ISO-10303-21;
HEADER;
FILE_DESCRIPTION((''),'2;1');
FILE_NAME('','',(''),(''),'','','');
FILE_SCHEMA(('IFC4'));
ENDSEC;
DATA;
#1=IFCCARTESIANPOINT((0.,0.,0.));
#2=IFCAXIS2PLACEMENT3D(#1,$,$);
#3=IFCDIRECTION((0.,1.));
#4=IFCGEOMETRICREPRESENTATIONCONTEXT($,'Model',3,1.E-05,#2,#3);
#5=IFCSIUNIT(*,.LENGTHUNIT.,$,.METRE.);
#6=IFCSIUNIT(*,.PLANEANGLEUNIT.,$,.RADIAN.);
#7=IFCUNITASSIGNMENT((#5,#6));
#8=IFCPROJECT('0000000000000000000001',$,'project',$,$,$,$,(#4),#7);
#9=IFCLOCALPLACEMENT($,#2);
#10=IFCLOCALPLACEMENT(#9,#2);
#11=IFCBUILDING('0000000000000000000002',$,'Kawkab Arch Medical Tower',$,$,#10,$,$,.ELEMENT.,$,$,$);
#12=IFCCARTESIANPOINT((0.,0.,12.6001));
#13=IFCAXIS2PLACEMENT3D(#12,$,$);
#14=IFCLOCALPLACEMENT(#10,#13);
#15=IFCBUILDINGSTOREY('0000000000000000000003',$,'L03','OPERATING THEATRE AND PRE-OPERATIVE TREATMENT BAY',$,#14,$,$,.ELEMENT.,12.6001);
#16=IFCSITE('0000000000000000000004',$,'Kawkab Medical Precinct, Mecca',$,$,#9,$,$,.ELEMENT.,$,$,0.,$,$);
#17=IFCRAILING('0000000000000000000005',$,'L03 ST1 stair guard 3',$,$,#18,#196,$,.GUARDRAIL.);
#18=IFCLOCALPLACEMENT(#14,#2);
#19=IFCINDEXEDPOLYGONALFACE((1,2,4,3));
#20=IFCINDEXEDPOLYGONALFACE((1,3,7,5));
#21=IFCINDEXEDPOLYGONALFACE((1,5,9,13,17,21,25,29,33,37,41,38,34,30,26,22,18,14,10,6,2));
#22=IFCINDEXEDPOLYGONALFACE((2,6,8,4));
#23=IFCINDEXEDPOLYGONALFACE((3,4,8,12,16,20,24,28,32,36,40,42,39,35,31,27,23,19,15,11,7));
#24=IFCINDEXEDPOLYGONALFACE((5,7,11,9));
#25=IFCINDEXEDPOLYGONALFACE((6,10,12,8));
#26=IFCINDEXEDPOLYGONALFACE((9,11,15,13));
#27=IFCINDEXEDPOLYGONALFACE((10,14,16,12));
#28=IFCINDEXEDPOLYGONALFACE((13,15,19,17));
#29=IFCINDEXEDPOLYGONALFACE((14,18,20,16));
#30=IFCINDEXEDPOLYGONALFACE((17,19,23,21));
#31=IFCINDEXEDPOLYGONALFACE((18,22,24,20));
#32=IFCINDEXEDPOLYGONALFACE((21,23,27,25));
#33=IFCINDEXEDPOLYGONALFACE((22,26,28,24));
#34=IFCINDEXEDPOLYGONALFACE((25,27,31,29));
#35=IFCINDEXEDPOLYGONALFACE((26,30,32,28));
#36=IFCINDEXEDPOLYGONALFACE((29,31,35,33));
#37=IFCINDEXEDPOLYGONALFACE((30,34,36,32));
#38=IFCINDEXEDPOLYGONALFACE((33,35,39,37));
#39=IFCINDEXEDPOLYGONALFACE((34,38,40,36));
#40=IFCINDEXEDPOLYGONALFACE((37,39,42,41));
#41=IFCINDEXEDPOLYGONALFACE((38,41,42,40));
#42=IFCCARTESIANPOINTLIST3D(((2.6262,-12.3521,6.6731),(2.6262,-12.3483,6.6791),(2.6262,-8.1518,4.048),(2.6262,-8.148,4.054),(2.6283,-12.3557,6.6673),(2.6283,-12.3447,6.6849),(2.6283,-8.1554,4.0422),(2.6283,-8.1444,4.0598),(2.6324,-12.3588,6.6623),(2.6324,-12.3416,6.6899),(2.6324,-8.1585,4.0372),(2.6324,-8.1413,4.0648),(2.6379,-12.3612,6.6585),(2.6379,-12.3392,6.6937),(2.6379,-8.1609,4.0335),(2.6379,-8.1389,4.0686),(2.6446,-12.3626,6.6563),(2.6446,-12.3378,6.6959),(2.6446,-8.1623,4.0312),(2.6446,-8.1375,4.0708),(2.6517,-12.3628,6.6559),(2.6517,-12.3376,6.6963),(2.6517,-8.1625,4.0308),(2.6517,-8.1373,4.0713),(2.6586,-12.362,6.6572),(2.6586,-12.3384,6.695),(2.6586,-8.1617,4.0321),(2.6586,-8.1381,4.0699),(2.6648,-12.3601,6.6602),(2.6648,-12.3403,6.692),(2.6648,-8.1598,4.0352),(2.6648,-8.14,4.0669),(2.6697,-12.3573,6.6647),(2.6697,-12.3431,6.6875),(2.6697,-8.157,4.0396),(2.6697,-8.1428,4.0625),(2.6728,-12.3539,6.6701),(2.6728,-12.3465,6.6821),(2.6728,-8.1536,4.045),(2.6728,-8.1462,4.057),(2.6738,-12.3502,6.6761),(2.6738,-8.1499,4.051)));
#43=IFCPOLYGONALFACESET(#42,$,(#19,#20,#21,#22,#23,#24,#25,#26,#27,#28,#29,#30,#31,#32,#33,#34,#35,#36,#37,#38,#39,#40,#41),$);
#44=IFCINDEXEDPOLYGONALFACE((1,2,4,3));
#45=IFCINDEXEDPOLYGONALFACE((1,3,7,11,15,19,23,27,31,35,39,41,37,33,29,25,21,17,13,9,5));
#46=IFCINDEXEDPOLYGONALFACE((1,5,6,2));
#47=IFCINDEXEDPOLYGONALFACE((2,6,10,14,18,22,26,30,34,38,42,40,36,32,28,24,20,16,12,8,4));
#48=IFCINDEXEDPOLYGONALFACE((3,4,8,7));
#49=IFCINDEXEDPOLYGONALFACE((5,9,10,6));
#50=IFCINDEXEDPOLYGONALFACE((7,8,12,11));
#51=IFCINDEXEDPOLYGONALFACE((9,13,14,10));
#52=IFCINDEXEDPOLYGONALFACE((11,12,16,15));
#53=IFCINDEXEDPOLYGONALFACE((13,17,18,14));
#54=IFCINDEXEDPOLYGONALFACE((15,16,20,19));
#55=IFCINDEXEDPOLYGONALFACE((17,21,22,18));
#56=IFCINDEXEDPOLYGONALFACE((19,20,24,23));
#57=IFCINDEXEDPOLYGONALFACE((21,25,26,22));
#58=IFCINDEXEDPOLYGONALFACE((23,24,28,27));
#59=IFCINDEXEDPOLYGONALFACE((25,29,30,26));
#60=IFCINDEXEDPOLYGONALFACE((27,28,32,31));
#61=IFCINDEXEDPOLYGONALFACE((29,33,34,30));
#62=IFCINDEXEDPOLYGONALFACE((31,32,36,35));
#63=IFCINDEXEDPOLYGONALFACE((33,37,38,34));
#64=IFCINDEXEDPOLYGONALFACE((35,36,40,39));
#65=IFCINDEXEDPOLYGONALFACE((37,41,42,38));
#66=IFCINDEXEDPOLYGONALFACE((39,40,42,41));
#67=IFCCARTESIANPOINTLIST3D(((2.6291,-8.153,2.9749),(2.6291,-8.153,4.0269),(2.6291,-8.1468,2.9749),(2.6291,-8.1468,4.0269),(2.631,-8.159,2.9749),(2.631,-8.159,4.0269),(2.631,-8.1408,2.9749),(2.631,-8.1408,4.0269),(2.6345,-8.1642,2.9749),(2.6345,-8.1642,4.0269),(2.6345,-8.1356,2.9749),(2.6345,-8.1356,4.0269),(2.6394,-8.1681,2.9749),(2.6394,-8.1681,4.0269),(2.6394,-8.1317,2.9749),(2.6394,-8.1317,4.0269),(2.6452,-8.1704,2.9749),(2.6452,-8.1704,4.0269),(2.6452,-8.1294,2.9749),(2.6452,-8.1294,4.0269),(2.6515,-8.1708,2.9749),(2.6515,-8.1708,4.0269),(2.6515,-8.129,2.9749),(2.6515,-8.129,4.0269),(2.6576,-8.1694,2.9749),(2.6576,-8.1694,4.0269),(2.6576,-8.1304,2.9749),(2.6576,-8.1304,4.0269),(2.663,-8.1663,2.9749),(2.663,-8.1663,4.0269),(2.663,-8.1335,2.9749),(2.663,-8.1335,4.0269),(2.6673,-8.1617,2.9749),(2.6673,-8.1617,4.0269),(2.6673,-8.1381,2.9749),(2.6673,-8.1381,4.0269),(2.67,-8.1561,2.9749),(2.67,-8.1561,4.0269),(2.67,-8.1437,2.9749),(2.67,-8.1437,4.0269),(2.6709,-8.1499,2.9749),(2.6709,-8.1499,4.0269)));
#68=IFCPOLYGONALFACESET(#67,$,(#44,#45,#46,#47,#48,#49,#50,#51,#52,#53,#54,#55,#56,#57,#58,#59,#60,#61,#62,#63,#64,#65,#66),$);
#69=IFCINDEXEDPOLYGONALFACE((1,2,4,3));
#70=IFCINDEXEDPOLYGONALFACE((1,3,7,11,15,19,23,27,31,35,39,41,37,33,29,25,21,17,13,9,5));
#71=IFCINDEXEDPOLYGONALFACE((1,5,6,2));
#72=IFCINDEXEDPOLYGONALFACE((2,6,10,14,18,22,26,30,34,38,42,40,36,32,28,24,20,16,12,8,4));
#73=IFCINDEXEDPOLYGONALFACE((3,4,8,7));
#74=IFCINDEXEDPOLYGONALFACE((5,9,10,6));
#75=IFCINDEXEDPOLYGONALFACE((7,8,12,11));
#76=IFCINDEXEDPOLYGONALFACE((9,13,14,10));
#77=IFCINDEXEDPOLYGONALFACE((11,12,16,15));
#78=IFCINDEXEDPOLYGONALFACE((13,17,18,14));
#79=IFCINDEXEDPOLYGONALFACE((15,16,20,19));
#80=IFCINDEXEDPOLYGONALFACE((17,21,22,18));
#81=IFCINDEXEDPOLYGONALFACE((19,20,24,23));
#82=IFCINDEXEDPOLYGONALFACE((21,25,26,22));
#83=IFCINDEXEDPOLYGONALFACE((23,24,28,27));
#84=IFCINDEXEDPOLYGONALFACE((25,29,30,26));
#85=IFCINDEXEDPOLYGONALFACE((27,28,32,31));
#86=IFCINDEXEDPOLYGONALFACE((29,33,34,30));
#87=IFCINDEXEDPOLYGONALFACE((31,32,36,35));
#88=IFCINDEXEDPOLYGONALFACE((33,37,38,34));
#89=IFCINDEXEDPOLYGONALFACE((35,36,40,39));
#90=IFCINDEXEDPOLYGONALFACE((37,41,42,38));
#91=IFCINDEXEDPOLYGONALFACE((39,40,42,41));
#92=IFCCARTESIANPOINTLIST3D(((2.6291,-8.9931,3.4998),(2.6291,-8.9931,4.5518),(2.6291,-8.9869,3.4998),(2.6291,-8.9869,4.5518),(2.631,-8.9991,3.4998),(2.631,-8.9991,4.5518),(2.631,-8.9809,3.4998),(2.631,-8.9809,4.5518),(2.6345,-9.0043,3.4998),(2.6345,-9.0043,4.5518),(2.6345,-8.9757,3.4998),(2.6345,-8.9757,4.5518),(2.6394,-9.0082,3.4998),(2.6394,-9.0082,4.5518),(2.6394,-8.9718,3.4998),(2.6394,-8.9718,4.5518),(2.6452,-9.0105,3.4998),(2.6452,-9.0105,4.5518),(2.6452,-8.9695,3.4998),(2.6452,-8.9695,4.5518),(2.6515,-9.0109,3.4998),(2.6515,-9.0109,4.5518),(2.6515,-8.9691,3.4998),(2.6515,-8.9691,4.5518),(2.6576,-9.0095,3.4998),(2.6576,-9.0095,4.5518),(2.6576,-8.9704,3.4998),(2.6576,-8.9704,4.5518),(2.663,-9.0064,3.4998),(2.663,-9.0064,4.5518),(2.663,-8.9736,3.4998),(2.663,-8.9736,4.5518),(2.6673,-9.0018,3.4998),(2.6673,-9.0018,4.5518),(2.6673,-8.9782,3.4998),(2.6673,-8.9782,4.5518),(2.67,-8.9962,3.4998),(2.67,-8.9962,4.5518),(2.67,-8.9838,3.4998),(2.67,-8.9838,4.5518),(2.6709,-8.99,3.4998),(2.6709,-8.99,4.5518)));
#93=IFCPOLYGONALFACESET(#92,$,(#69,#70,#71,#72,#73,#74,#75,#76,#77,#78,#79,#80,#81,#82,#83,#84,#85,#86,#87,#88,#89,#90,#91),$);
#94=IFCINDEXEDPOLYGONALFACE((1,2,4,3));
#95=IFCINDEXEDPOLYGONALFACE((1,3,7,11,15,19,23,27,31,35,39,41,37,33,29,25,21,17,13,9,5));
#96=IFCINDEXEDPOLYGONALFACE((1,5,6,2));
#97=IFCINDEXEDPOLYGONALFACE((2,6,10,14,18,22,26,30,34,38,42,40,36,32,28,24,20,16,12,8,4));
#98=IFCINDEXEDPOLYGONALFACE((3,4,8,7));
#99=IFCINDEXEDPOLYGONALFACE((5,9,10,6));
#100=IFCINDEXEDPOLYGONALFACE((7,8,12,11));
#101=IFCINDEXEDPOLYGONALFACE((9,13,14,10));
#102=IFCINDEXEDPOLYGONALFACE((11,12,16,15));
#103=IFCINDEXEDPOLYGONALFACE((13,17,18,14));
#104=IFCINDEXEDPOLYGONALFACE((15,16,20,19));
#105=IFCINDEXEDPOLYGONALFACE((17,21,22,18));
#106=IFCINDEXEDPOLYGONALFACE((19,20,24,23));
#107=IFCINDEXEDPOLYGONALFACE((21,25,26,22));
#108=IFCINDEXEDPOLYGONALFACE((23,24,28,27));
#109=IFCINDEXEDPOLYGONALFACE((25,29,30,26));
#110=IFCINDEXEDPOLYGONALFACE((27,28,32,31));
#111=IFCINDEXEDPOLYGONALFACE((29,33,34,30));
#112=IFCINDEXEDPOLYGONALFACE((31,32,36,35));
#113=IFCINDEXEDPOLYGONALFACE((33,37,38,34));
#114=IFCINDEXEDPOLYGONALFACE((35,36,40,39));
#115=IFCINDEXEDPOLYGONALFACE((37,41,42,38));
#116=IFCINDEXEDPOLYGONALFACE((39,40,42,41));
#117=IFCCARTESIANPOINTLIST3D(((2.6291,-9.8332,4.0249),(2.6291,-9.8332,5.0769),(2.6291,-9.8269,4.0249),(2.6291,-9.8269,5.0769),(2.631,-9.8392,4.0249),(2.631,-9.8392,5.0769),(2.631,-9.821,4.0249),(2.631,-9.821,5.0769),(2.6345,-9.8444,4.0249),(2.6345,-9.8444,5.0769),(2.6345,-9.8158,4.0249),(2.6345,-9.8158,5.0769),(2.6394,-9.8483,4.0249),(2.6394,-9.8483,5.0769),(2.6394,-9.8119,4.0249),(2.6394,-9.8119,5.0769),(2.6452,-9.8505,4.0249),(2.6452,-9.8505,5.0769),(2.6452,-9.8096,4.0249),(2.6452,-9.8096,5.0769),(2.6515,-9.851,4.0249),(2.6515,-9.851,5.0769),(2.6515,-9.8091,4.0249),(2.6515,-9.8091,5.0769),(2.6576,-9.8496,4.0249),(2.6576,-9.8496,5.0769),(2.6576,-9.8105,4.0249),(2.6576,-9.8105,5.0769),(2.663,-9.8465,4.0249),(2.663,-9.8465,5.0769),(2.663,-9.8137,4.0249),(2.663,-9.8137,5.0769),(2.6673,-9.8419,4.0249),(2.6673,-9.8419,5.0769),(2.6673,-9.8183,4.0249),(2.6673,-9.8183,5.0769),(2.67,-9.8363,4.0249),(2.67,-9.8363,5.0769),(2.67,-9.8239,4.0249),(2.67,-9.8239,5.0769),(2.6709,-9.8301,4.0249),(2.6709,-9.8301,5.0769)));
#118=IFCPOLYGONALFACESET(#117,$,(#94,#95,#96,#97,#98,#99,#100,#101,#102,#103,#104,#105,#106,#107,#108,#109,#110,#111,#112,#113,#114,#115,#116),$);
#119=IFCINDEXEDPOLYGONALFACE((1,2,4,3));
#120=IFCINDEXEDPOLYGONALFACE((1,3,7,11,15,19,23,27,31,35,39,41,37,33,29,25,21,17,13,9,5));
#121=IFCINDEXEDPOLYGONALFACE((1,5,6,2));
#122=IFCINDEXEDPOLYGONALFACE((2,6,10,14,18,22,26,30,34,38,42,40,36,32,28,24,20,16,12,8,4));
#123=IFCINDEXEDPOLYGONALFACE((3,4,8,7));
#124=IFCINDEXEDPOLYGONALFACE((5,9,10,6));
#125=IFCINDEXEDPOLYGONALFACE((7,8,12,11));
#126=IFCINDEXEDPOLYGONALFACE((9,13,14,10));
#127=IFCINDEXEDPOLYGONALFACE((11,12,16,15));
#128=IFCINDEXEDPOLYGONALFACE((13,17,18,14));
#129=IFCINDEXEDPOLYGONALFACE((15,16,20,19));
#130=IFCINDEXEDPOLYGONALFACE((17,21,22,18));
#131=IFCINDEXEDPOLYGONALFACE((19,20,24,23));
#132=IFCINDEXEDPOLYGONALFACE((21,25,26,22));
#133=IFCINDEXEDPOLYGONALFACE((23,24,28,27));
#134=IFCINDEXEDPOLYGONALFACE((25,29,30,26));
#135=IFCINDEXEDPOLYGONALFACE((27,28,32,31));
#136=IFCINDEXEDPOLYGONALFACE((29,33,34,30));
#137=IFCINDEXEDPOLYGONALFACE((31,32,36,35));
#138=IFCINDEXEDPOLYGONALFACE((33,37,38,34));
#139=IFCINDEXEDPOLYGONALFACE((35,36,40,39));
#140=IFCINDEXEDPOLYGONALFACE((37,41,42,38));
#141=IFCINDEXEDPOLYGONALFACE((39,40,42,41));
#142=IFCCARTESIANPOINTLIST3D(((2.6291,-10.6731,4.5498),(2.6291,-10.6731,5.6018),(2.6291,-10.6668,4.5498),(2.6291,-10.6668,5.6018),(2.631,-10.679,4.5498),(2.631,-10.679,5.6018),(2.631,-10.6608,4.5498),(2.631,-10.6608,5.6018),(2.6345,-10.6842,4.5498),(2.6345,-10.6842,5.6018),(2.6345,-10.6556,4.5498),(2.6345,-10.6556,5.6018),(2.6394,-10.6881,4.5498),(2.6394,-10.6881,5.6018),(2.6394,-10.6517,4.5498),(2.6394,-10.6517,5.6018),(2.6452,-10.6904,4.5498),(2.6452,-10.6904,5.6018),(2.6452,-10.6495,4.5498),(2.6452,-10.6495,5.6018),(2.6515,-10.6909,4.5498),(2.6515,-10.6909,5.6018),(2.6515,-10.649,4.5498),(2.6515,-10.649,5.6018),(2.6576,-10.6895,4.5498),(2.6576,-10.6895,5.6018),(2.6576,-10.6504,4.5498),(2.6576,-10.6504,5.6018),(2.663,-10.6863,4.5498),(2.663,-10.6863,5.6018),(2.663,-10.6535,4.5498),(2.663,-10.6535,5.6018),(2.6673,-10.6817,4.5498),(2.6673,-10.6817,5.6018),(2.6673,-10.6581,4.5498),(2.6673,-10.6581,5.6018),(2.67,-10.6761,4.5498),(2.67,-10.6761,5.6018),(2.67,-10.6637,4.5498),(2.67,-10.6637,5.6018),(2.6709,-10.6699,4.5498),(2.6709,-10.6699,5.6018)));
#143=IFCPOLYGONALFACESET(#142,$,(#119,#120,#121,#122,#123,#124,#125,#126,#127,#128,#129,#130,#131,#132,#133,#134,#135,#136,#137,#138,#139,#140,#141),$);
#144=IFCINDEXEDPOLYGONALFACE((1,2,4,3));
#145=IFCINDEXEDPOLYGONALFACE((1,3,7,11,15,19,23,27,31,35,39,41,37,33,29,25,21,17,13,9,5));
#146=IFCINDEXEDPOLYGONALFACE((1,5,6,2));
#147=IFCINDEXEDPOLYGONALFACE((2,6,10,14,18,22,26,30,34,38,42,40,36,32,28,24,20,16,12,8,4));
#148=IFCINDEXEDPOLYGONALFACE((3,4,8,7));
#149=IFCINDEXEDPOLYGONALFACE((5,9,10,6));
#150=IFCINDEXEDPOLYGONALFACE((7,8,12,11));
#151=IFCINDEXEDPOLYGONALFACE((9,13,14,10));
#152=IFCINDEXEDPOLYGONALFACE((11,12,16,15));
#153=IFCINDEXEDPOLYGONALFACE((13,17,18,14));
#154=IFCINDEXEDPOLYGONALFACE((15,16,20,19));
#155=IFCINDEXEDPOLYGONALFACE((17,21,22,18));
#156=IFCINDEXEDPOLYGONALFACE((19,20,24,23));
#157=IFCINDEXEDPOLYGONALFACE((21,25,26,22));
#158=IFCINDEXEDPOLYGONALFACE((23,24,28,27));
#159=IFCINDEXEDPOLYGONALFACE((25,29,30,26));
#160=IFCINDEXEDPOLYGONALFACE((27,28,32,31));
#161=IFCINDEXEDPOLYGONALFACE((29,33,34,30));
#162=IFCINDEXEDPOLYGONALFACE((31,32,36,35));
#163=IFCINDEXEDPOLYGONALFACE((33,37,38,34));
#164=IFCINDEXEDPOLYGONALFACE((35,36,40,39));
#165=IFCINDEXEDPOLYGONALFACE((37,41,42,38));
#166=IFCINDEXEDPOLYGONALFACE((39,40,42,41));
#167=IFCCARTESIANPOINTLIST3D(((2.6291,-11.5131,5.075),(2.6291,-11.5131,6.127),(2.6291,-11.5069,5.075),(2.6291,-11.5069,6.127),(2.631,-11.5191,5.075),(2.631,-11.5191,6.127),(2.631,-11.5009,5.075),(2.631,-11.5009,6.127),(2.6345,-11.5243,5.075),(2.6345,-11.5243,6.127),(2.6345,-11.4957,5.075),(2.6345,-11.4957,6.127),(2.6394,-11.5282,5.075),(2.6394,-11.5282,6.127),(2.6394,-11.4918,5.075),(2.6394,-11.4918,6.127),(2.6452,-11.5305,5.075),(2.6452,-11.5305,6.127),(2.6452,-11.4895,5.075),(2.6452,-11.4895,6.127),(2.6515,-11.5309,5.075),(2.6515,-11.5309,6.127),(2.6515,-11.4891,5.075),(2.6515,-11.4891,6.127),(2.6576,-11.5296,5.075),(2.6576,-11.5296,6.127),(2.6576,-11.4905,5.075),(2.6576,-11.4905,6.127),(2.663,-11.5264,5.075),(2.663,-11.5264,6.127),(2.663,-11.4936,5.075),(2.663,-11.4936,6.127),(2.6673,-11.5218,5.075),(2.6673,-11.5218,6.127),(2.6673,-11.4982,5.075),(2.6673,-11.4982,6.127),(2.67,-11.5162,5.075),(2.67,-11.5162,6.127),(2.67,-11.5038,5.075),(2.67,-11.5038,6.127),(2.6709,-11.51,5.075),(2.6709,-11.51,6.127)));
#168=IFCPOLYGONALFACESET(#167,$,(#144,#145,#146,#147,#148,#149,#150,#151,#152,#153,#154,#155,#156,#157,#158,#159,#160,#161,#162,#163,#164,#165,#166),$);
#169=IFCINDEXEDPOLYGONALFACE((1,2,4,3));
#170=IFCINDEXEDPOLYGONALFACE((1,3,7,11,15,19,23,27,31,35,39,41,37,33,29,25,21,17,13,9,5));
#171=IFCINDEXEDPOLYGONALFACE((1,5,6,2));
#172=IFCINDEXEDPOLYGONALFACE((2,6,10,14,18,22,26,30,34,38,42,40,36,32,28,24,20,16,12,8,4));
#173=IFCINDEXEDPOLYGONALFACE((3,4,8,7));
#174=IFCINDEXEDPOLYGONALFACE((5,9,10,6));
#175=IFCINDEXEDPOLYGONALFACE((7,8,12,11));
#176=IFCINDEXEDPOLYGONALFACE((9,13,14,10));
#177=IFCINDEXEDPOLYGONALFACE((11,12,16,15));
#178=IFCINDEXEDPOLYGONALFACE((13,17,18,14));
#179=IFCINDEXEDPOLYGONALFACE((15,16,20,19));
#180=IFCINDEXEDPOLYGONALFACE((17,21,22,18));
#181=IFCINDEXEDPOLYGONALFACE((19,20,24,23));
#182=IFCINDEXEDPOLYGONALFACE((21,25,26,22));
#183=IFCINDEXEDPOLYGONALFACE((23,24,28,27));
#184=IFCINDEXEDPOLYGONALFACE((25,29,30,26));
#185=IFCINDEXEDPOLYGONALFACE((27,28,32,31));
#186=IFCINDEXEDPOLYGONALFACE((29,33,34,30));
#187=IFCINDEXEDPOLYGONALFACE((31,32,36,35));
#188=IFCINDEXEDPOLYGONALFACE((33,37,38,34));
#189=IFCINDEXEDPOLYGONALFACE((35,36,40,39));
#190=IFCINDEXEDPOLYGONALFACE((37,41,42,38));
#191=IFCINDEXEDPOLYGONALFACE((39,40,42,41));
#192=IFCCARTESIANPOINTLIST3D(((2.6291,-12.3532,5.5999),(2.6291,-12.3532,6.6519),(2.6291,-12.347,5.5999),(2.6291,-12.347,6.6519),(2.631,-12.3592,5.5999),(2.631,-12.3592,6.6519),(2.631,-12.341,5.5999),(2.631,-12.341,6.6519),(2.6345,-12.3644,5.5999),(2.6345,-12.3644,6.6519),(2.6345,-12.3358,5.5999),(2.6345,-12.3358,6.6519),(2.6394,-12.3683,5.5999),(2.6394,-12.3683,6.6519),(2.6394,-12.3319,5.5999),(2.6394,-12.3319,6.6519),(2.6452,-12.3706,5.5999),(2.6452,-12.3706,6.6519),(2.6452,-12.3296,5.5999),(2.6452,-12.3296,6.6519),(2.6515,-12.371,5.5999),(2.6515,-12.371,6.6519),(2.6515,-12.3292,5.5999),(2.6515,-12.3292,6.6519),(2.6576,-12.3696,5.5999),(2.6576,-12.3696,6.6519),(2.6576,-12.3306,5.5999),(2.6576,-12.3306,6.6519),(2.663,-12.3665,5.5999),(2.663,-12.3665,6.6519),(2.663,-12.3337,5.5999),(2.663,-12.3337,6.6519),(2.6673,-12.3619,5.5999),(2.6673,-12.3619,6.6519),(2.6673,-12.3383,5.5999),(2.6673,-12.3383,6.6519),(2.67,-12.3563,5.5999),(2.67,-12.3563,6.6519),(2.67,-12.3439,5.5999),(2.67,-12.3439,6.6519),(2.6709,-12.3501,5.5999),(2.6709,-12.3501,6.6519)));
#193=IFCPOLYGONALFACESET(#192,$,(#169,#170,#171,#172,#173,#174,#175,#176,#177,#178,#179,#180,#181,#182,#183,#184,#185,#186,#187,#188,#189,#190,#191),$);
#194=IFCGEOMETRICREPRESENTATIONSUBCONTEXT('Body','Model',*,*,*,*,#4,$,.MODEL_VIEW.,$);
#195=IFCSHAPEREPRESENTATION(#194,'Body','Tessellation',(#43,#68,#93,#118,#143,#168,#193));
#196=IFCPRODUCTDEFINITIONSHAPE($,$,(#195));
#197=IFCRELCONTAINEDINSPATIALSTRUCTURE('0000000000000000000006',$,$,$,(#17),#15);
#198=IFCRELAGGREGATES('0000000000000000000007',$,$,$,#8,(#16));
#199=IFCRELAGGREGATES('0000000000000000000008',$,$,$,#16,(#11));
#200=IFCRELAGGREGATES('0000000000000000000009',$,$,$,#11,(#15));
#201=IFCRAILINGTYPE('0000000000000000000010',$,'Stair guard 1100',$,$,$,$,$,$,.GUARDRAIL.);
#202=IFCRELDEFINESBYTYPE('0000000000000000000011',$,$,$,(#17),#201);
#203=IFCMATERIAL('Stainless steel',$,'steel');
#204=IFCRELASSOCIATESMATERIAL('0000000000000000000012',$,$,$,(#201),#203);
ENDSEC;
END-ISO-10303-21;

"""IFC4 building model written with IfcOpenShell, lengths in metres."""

from ifc_helpers import new_model, si_unit, direction, frame, origin, origin_2d, place, context, subcontext, project, spatial, circle, extrude, material, type_object, element, save


model = new_model("IFC4")

# Units and contexts
model_context = context("Model", 3, precision=1e-05, world=origin(), true_north=direction((0.0, 1.0)))
body_context = subcontext(model_context, "Body", "Model", "MODEL_VIEW")
ifc_project = project(units=[si_unit("LENGTHUNIT", "METRE"), si_unit("PLANEANGLEUNIT", "RADIAN")], contexts=[model_context])

# Site, building, storey
site_placement = place(None, origin())
site = spatial("IfcSite", under=ifc_project, at=site_placement, Name="Kawkab Medical Precinct, Mecca", CompositionType="ELEMENT", RefElevation=0.0)
building_placement = place(site_placement, origin())
building = spatial("IfcBuilding", under=site, at=building_placement, Name="Kawkab Arch Medical Tower", CompositionType="ELEMENT")
storey_placement = place(building_placement, frame((0.0, 0.0, 12.6001)))
storey = spatial("IfcBuildingStorey", under=building, at=storey_placement, Name="L03", Description="OPERATING THEATRE AND PRE-OPERATIVE TREATMENT BAY", CompositionType="ELEMENT", Elevation=12.6001)

# Railing
ifc_material_1 = material(Name="Stainless steel", Category="steel")
railing_type = type_object("IfcRailingType", Name="Stair guard 1100", PredefinedType="GUARDRAIL", material=ifc_material_1)
railing_1_placement = place(storey_placement, frame((2.6499, -8.1499, 2.9749)))
element("IfcRailing", 1, at=railing_1_placement, inside=storey, type_object=railing_type, Name="L03 ST1 stair guard 3", PredefinedType="GUARDRAIL", context=body_context, shape_type="SweptSolid", body=[
    extrude(circle(Radius=0.0239, at=origin_2d()), frame((0.0, 0.0, 1.0762), z_axis=(0.0, -0.848009, 0.529981), x_axis=(1.0, 0.0, 0.0)), (0.0, 0.0, 1.0), 4.9531),
    extrude(circle(Radius=0.021, at=origin_2d()), origin(), (0.0, 0.0, 1.0), 1.052),
    extrude(circle(Radius=0.021, at=origin_2d()), frame((0.0, -0.8401, 0.5249)), (0.0, 0.0, 1.0), 1.052),
    extrude(circle(Radius=0.021, at=origin_2d()), frame((0.0, -1.6802, 1.05)), (0.0, 0.0, 1.0), 1.052),
    extrude(circle(Radius=0.021, at=origin_2d()), frame((0.0, -2.52, 1.575)), (0.0, 0.0, 1.0), 1.052),
    extrude(circle(Radius=0.021, at=origin_2d()), frame((0.0, -3.3601, 2.1001)), (0.0, 0.0, 1.0), 1.052),
    extrude(circle(Radius=0.021, at=origin_2d()), frame((0.0, -4.2002, 2.625)), (0.0, 0.0, 1.0), 1.052),
])

save(model, "model.ifc")
